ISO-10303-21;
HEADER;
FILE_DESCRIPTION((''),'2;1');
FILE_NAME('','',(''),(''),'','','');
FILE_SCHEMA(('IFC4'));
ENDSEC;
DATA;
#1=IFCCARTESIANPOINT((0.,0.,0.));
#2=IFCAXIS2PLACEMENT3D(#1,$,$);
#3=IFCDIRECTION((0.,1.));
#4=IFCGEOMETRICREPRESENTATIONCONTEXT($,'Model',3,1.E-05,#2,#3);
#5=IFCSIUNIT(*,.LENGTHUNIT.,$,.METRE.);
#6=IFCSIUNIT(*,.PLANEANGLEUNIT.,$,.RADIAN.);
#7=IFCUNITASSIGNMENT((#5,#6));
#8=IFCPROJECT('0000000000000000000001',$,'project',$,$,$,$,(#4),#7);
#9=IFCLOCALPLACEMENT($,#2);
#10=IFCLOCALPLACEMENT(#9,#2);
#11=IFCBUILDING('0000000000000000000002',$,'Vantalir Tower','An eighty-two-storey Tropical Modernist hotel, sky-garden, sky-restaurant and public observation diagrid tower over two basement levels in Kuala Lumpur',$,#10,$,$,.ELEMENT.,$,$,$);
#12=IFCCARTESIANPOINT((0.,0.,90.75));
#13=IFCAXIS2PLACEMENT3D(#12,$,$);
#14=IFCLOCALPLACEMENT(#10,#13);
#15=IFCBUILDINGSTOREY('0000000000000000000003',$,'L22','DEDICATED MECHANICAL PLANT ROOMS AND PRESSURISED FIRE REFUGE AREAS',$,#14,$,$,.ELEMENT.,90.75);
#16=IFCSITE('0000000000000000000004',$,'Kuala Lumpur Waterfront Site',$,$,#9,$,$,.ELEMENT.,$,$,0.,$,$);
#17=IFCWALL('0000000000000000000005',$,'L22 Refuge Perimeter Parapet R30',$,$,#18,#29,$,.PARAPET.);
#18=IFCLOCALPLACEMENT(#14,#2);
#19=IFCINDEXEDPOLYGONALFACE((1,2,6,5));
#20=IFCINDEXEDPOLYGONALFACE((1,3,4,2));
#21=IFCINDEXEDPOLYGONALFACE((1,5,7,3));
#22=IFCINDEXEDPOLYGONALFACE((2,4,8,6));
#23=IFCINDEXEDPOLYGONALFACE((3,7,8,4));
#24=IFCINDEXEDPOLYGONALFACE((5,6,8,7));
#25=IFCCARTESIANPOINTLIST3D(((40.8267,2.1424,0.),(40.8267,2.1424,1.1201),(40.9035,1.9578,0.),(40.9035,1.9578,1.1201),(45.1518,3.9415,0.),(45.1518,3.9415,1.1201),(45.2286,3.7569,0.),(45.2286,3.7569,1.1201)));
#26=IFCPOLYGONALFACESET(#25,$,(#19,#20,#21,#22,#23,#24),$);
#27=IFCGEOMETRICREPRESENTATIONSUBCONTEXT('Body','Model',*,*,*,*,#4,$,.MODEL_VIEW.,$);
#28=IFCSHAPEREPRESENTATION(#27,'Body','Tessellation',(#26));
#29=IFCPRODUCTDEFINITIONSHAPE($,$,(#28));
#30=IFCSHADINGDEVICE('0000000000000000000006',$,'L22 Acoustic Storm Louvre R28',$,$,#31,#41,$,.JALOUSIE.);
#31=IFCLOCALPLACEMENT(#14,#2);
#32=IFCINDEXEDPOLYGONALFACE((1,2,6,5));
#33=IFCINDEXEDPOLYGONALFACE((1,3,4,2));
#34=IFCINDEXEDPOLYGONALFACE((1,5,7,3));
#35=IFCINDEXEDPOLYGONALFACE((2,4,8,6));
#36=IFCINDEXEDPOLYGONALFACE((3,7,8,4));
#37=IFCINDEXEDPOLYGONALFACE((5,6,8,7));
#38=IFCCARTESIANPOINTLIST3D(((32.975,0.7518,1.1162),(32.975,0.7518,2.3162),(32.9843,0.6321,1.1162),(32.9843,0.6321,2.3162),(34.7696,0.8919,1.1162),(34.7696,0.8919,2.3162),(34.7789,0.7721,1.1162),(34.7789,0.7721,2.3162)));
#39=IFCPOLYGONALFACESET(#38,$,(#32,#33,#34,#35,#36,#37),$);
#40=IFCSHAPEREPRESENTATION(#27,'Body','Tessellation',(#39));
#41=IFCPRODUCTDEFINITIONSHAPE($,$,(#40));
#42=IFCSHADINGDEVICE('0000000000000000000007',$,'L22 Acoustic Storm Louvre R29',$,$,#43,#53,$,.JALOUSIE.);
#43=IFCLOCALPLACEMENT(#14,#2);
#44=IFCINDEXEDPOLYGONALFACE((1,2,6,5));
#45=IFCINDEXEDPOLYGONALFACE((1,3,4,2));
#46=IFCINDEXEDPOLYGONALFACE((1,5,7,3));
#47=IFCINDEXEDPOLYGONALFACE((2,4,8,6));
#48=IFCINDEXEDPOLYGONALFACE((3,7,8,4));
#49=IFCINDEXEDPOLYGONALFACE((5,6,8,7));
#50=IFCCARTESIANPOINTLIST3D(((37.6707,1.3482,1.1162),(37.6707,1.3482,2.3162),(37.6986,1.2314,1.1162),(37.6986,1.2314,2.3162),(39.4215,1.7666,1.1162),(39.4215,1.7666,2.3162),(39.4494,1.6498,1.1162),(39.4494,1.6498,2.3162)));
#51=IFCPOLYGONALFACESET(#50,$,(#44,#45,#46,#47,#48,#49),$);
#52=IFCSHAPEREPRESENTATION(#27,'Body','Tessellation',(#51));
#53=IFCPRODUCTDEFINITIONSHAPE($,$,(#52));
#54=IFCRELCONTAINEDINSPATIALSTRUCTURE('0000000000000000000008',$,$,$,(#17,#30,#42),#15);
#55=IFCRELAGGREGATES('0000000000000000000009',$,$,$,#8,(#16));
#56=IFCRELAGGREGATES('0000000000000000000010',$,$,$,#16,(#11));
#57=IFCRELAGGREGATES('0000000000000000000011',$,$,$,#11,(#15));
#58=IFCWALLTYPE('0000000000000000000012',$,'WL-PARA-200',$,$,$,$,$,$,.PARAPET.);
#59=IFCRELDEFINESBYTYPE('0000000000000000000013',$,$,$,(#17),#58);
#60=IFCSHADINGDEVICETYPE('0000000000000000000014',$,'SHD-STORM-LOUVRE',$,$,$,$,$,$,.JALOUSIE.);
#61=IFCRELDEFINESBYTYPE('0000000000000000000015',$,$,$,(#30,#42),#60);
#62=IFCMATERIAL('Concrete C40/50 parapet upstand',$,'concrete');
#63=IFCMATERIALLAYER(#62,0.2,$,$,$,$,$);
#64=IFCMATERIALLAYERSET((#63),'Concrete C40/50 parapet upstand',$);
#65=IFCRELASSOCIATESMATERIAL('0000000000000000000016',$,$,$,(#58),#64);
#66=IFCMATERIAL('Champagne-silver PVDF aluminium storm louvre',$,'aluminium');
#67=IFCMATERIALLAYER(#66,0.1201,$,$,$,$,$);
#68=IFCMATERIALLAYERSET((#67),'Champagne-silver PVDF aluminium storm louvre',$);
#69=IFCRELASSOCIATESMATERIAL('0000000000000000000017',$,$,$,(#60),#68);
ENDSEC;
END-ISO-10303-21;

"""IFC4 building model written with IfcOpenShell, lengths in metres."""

from ifc_helpers import new_model, si_unit, direction, frame, frame_2d, origin, origin_2d, place, context, subcontext, project, spatial, rectangle, extrude, material, layer, layer_set, type_object, element, save


model = new_model("IFC4")

# Units and contexts
model_context = context("Model", 3, precision=1e-05, world=origin(), true_north=direction((0.0, 1.0)))
body_context = subcontext(model_context, "Body", "Model", "MODEL_VIEW")
ifc_project = project(units=[si_unit("LENGTHUNIT", "METRE"), si_unit("PLANEANGLEUNIT", "RADIAN")], contexts=[model_context])

# Site, building, storey
site_placement = place(None, origin())
site = spatial("IfcSite", under=ifc_project, at=site_placement, Name="Kuala Lumpur Waterfront Site", CompositionType="ELEMENT", RefElevation=0.0)
building_placement = place(site_placement, origin())
building = spatial("IfcBuilding", under=site, at=building_placement, Name="Vantalir Tower", Description="An eighty-two-storey Tropical Modernist hotel, sky-garden, sky-restaurant and public observation diagrid tower over two basement levels in Kuala Lumpur", CompositionType="ELEMENT")
storey_placement = place(building_placement, frame((0.0, 0.0, 90.75)))
storey = spatial("IfcBuildingStorey", under=building, at=storey_placement, Name="L22", Description="DEDICATED MECHANICAL PLANT ROOMS AND PRESSURISED FIRE REFUGE AREAS", CompositionType="ELEMENT", Elevation=90.75)

# Wall
ifc_material_1 = material(Name="Concrete C40/50 parapet upstand", Category="concrete")
ifc_layer_1 = layer(ifc_material_1, 0.2)
ifc_layer_set_1 = layer_set([ifc_layer_1], Name="Concrete C40/50 parapet upstand")
wall_type_1 = type_object("IfcWallType", Name="WL-PARA-200", PredefinedType="PARAPET", material=ifc_layer_set_1)
wall_1_placement = place(storey_placement, frame((40.865, 2.05, 0.0), z_axis=(0.0, 0.0, 1.0), x_axis=(0.923303, 0.384071, 0.0)))
element("IfcWall", 1, at=wall_1_placement, inside=storey, type_object=wall_type_1, Name="L22 Refuge Perimeter Parapet R30", PredefinedType="PARAPET", context=body_context, shape_type="SweptSolid", body=[
    extrude(rectangle(XDim=4.6843, YDim=0.2, at=frame_2d((2.3423, 0.0))), origin(), (0.0, 0.0, 1.0), 1.1201),
])

# Shading devices
ifc_material_2 = material(Name="Champagne-silver PVDF aluminium storm louvre", Category="aluminium")
ifc_layer_2 = layer(ifc_material_2, 0.1201)
ifc_layer_set_2 = layer_set([ifc_layer_2], Name="Champagne-silver PVDF aluminium storm louvre")
shading_device_type = type_object("IfcShadingDeviceType", Name="SHD-STORM-LOUVRE", PredefinedType="JALOUSIE", material=ifc_layer_set_2)
for number, where, z_axis, x_axis, name in (
    (2, (33.877, 0.762, 1.1162), (0.0, 0.0, 1.0), (0.996969, 0.077798, 0.0), "L22 Acoustic Storm Louvre R28"),
    (3, (38.5601, 1.499, 1.1162), (0.0, 0.0, 1.0), (0.97261, 0.232444, 0.0), "L22 Acoustic Storm Louvre R29"),
):
    element("IfcShadingDevice", number, at=place(storey_placement, frame(where, z_axis=z_axis, x_axis=x_axis)), inside=storey, type_object=shading_device_type, Name=name, PredefinedType="JALOUSIE", context=body_context, shape_type="SweptSolid", body=[
        extrude(rectangle(XDim=1.8, YDim=0.1201, at=origin_2d()), origin(), (0.0, 0.0, 1.0), 1.2),
    ])

save(model, "model.ifc")
